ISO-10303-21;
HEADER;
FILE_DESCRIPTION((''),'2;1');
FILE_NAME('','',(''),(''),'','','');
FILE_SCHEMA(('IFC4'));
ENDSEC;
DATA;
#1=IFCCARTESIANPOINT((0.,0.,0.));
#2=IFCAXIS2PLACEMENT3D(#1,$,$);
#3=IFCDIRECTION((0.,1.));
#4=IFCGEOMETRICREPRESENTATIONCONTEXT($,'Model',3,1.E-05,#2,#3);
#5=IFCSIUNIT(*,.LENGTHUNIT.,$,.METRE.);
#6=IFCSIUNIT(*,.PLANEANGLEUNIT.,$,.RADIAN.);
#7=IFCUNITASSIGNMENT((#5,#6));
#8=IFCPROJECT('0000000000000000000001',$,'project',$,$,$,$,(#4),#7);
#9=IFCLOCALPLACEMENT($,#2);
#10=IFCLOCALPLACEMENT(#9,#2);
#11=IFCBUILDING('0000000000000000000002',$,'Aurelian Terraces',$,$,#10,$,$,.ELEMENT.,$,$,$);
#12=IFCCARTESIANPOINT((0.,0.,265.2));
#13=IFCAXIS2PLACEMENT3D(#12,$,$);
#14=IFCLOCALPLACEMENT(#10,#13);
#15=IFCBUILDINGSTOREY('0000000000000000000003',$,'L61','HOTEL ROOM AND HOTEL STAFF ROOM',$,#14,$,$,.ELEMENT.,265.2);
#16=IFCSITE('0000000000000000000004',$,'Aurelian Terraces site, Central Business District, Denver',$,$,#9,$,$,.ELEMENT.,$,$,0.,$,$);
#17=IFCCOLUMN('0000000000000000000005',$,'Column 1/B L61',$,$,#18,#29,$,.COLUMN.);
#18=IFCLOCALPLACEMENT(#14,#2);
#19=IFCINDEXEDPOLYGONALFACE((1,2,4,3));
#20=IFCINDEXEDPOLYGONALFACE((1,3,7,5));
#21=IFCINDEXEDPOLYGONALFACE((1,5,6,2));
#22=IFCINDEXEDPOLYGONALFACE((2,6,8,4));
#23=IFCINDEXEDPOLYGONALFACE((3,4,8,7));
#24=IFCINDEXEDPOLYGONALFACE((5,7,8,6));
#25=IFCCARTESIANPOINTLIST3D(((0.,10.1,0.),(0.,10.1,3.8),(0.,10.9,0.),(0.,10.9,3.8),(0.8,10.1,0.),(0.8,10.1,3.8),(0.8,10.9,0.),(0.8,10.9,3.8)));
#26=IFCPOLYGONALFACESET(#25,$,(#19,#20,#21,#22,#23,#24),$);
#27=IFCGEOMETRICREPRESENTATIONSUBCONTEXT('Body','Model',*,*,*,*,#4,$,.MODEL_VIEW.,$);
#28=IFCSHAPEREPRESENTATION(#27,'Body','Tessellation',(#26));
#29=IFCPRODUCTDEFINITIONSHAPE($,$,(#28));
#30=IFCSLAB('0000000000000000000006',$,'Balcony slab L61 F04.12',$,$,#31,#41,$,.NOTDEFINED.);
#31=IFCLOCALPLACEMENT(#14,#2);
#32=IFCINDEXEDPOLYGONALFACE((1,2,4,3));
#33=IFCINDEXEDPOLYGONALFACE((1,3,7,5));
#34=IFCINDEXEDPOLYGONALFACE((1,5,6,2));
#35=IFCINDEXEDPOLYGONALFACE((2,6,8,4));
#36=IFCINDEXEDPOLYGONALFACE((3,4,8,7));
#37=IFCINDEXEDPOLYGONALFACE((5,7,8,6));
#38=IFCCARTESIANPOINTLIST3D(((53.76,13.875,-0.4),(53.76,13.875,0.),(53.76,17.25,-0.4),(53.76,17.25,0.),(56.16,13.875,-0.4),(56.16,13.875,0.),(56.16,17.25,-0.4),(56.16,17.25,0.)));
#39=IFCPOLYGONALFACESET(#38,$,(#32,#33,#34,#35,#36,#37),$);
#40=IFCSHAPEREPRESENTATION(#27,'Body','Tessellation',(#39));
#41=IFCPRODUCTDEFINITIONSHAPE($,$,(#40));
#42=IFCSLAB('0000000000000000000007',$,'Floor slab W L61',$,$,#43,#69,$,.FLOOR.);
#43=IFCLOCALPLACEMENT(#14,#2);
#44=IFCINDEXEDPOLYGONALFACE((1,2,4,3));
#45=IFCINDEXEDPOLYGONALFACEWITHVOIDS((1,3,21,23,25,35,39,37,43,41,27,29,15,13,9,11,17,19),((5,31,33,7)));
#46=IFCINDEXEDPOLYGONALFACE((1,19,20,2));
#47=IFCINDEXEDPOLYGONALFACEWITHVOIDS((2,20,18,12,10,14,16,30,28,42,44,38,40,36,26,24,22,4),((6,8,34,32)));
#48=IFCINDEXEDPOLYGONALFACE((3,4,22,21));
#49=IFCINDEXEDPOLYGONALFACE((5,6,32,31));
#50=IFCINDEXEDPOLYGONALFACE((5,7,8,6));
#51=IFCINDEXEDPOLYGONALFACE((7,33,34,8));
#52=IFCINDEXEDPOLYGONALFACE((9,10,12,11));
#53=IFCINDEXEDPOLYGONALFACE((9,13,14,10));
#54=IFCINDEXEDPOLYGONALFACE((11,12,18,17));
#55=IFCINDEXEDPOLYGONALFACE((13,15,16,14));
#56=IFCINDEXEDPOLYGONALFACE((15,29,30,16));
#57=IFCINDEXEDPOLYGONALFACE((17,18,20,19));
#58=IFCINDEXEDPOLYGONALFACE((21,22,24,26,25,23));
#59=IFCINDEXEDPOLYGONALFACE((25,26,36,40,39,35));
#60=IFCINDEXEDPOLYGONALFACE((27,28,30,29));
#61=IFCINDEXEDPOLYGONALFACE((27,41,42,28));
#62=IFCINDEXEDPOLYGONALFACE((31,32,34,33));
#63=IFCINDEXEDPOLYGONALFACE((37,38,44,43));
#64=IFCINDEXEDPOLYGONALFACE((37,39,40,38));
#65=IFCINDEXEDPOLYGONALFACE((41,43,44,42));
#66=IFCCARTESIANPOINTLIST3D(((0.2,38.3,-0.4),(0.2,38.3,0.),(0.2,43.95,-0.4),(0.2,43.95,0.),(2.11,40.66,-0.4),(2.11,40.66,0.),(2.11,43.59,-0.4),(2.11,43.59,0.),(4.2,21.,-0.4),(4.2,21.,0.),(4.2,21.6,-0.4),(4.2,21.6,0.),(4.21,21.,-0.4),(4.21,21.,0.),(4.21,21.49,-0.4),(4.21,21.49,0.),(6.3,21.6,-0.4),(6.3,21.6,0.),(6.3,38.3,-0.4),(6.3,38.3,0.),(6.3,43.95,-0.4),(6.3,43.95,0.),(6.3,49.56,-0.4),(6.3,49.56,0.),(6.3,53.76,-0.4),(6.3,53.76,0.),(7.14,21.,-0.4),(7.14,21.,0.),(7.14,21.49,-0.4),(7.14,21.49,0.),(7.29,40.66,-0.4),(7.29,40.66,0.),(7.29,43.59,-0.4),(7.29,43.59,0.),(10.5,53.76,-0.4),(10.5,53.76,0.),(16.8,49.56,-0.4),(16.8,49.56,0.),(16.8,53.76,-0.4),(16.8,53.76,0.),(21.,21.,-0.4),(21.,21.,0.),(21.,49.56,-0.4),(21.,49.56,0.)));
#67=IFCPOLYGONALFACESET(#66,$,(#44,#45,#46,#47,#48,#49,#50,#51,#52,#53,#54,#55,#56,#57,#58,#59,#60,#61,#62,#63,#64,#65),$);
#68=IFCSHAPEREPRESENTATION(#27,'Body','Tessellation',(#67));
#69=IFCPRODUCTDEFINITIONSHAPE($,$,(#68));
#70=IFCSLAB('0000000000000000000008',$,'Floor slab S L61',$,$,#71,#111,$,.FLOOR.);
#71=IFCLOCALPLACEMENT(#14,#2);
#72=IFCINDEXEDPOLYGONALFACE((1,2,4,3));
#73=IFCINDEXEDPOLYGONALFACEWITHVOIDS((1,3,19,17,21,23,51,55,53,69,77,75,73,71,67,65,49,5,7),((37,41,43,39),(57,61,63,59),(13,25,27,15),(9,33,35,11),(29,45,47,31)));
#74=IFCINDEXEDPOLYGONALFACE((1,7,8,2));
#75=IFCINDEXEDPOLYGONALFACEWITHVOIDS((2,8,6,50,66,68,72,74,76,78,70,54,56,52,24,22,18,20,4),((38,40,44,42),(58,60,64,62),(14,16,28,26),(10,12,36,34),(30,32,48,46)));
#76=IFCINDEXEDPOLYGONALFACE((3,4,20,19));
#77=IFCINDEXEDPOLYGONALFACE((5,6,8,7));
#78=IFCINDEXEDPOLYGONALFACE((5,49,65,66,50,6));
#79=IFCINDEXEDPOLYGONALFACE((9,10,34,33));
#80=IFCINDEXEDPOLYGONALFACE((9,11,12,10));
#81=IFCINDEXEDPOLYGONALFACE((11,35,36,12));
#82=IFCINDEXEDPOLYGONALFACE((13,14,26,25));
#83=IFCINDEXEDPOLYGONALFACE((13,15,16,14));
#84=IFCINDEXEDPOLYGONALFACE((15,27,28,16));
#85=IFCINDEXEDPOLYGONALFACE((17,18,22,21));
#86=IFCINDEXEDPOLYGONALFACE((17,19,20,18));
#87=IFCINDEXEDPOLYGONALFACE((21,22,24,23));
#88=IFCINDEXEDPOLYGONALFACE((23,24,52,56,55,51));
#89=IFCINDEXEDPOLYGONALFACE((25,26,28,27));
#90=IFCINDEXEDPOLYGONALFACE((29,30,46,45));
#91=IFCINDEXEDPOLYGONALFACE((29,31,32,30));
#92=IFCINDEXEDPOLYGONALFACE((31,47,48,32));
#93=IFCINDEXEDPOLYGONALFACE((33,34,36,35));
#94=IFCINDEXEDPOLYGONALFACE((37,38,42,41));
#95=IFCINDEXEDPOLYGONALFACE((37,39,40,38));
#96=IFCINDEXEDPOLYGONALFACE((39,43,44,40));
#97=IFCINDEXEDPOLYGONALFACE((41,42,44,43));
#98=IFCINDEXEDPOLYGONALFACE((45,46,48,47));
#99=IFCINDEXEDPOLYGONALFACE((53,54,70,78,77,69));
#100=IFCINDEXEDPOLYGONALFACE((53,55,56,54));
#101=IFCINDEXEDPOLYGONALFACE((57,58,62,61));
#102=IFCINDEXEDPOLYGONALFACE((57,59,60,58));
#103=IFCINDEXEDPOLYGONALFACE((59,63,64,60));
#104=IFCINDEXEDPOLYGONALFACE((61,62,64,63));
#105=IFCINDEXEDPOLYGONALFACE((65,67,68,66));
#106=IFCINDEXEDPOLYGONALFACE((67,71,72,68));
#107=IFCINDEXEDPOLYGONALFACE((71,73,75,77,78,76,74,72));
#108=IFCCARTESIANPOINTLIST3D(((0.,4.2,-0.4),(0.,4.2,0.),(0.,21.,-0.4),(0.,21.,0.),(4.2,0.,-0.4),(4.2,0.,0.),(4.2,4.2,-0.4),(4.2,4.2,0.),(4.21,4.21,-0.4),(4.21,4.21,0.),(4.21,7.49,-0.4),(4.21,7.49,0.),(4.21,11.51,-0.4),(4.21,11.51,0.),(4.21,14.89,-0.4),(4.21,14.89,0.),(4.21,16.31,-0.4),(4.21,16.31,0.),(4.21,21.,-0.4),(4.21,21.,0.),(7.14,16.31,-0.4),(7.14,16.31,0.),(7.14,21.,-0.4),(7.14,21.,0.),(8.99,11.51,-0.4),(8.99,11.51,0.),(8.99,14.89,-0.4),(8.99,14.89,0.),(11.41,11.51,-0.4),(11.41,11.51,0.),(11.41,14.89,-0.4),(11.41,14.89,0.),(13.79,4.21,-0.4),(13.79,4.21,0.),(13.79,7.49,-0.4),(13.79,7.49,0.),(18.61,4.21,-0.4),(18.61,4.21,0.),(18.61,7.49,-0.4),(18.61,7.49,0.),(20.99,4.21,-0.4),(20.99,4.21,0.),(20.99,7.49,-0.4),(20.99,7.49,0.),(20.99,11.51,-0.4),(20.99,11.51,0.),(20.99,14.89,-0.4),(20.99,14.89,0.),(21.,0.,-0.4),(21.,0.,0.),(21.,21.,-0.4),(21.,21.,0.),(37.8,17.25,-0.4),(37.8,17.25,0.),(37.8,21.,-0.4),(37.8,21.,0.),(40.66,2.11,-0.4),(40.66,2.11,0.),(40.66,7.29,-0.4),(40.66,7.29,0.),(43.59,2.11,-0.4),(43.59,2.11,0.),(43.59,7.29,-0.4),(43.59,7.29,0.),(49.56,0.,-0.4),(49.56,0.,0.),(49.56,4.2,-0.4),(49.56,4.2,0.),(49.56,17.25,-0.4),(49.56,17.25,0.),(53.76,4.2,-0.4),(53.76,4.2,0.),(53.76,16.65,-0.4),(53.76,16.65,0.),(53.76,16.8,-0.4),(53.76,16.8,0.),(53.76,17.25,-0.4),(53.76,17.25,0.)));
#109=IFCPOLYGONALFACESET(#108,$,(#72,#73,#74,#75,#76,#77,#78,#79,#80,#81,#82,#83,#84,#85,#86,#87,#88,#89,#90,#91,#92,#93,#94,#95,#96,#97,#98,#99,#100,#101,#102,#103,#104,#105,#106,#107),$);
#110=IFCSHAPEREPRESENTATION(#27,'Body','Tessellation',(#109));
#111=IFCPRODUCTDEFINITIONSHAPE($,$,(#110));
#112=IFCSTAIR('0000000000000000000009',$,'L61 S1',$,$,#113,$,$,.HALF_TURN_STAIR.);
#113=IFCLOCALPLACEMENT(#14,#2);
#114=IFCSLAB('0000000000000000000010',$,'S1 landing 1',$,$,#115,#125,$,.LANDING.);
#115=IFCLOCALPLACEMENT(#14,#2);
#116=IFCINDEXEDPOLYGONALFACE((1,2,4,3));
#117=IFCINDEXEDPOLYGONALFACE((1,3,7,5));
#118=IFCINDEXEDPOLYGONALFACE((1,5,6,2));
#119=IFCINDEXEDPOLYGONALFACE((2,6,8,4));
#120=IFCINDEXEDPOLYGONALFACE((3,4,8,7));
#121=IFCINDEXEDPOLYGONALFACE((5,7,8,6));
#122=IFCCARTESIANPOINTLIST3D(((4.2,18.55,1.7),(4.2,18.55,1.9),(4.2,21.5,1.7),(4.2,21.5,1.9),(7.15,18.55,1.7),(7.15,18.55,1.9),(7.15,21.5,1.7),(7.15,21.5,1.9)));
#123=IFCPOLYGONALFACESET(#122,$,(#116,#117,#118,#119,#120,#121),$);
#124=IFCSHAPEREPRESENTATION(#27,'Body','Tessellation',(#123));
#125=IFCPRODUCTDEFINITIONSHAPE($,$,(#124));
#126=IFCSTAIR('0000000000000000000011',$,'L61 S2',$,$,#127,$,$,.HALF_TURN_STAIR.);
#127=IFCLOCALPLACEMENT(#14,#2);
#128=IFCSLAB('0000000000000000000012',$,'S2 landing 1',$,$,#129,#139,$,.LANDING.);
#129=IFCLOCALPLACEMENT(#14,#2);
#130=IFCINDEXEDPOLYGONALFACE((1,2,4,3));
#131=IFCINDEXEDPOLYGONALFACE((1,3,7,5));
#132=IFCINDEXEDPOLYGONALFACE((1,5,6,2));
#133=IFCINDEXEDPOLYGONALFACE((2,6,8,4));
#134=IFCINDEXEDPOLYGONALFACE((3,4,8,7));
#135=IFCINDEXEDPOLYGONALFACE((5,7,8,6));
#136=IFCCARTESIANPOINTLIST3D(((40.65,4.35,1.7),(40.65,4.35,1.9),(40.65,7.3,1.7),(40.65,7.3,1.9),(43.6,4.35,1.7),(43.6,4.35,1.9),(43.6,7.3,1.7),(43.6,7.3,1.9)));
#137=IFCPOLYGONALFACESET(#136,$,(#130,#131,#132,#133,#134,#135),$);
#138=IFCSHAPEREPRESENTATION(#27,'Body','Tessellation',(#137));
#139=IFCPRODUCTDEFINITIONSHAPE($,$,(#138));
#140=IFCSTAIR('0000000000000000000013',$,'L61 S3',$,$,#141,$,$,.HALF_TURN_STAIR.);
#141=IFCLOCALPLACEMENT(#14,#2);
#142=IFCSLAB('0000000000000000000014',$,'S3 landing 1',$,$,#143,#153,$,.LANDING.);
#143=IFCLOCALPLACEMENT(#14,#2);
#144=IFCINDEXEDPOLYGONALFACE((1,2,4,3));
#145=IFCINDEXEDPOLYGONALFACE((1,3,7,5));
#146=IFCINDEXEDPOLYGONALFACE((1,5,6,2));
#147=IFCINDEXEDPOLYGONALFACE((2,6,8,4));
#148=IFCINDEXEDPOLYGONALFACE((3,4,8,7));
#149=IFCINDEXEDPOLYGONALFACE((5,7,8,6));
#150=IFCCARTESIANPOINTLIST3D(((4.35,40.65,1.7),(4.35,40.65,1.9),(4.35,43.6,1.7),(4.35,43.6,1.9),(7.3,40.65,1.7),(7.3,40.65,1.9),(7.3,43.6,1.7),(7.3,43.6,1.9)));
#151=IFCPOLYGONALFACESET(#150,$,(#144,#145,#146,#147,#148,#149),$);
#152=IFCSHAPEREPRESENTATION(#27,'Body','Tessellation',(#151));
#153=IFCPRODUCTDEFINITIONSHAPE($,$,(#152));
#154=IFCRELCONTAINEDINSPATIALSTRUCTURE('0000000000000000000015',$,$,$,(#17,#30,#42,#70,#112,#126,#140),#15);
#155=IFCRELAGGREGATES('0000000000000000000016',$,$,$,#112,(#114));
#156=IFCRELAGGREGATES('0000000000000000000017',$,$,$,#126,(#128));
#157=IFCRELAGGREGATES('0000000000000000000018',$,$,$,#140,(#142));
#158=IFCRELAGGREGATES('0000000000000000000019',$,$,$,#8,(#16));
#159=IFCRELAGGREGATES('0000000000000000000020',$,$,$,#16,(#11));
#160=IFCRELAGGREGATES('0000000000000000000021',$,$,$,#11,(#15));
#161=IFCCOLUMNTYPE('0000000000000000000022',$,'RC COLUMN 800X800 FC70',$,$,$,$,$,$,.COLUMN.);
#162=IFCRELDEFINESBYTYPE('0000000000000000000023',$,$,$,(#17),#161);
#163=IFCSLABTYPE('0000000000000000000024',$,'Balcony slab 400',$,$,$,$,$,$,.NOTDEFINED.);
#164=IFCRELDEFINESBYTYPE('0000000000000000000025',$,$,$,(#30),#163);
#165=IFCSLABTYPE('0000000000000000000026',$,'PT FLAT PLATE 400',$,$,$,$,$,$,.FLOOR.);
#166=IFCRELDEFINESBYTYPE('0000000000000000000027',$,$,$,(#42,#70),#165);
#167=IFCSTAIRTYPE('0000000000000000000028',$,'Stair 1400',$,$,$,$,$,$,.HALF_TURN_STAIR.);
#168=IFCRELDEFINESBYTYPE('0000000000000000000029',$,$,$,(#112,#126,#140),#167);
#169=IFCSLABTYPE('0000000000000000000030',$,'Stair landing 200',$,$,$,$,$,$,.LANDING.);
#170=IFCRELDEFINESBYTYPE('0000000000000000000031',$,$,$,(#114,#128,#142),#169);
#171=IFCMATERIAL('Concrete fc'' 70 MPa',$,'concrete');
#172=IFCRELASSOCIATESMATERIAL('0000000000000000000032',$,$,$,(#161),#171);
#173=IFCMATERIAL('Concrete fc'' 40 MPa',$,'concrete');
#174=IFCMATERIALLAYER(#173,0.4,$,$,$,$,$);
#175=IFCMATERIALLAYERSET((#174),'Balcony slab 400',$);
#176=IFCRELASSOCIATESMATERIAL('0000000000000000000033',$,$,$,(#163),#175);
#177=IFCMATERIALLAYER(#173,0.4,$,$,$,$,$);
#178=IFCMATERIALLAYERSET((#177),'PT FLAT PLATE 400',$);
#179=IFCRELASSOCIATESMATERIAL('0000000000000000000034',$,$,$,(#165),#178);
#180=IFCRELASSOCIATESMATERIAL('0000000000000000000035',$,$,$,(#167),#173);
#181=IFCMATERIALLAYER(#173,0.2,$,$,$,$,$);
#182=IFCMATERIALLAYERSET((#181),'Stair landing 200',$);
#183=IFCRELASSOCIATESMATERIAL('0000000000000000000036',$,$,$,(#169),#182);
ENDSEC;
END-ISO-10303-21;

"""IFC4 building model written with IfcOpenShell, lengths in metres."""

from ifc_helpers import new_model, si_unit, direction, frame, origin, origin_2d, place, context, subcontext, project, spatial, polyline, rectangle, outline, extrude, source, transform, mapped, material, layer, layer_set, material_profile, profile_set, type_object, element, aggregate, save


model = new_model("IFC4")

# Units and contexts
model_context = context("Model", 3, precision=1e-05, world=origin(), true_north=direction((0.0, 1.0)))
body_context = subcontext(model_context, "Body", "Model", "MODEL_VIEW")
ifc_project = project(units=[si_unit("LENGTHUNIT", "METRE"), si_unit("PLANEANGLEUNIT", "RADIAN")], contexts=[model_context])

# Site, building, storey
site_placement = place(None, origin())
site = spatial("IfcSite", under=ifc_project, at=site_placement, Name="Aurelian Terraces site, Central Business District, Denver", CompositionType="ELEMENT", RefElevation=0.0)
building_placement = place(site_placement, origin())
building = spatial("IfcBuilding", under=site, at=building_placement, Name="Aurelian Terraces", CompositionType="ELEMENT")
storey_placement = place(building_placement, frame((0.0, 0.0, 265.2)))
storey = spatial("IfcBuildingStorey", under=building, at=storey_placement, Name="L61", Description="HOTEL ROOM AND HOTEL STAFF ROOM", CompositionType="ELEMENT", Elevation=265.2)

# Column
ifc_material_1 = material(Name="Concrete fc' 70 MPa", Category="concrete")
ifc_material_profile = material_profile(ifc_material_1, rectangle(XDim=0.8, YDim=0.8, at=origin_2d()))
ifc_profile_set = profile_set([ifc_material_profile], Name="Concrete fc' 70 MPa")
column_type = type_object("IfcColumnType", Name="RC COLUMN 800X800 FC70", PredefinedType="COLUMN", material=ifc_profile_set)
shared_shape_1 = source(origin(), body_context, "Body", "SweptSolid", [
    extrude(rectangle(XDim=0.8, YDim=0.8, at=origin_2d()), origin(), (0.0, 0.0, 1.0), 3.8),
])
column_placement = place(storey_placement, frame((0.4, 10.5, 0.0), z_axis=(0.0, 0.0, 1.0), x_axis=(1.0, 0.0, 0.0)))
element("IfcColumn", 1, at=column_placement, inside=storey, type_object=column_type, Name="Column 1/B L61", PredefinedType="COLUMN", context=body_context, shape_type="MappedRepresentation", body=[
    mapped(shared_shape_1, transform((0.0, 0.0, 0.0), scale=1.0)),
])

# Slabs
ifc_material_2 = material(Name="Concrete fc' 40 MPa", Category="concrete")
ifc_layer_1 = layer(ifc_material_2, 0.4)
ifc_layer_set_1 = layer_set([ifc_layer_1], Name="Balcony slab 400")
slab_type_1 = type_object("IfcSlabType", Name="Balcony slab 400", PredefinedType="NOTDEFINED", material=ifc_layer_set_1)
slab_1_placement = place(storey_placement, frame((0.0, 0.0, -0.4)))
element("IfcSlab", 2, at=slab_1_placement, inside=storey, type_object=slab_type_1, Name="Balcony slab L61 F04.12", PredefinedType="NOTDEFINED", context=body_context, shape_type="SweptSolid", body=[
    extrude(outline(polyline([(53.76, 13.875), (53.76, 17.25), (56.16, 17.25), (56.16, 13.875), (53.76, 13.875)])), origin(), (0.0, 0.0, 1.0), 0.4),
])
ifc_layer_2 = layer(ifc_material_2, 0.4)
ifc_layer_set_2 = layer_set([ifc_layer_2], Name="PT FLAT PLATE 400")
slab_type_2 = type_object("IfcSlabType", Name="PT FLAT PLATE 400", PredefinedType="FLOOR", material=ifc_layer_set_2)
shared_shape_2 = source(origin(), body_context, "Body", "SweptSolid", [
    extrude(outline(polyline([(0.2, 43.95), (6.3, 43.95), (6.3, 49.56), (6.3, 53.76), (10.5, 53.76), (16.8, 53.76), (16.8, 49.56), (21.0, 49.56), (21.0, 21.0), (7.14, 21.0), (7.14, 21.49), (4.21, 21.49), (4.21, 21.0), (4.2, 21.0), (4.2, 21.6), (6.3, 21.6), (6.3, 38.3), (0.2, 38.3), (0.2, 43.95)]), holes=[polyline([(7.29, 43.59), (2.11, 43.59), (2.11, 40.66), (7.29, 40.66), (7.29, 43.59)])]), origin(), (0.0, 0.0, 1.0), 0.4),
])
slab_2_placement = place(storey_placement, frame((0.0, 0.0, -0.4)))
element("IfcSlab", 3, at=slab_2_placement, inside=storey, type_object=slab_type_2, Name="Floor slab W L61", PredefinedType="FLOOR", context=body_context, shape_type="MappedRepresentation", body=[
    mapped(shared_shape_2, transform((0.0, 0.0, 0.0), scale=1.0)),
])
shared_shape_3 = source(origin(), body_context, "Body", "SweptSolid", [
    extrude(outline(polyline([(53.76, 4.2), (49.56, 4.2), (49.56, 0.0), (21.0, 0.0), (4.2, 0.0), (4.2, 4.2), (0.0, 4.2), (0.0, 21.0), (4.21, 21.0), (4.21, 16.31), (7.14, 16.31), (7.14, 21.0), (21.0, 21.0), (37.8, 21.0), (37.8, 17.25), (49.56, 17.25), (53.76, 17.25), (53.76, 16.8), (53.76, 16.65), (53.76, 4.2)]), holes=[polyline([(40.66, 2.11), (43.59, 2.11), (43.59, 7.29), (40.66, 7.29), (40.66, 2.11)]), polyline([(18.61, 7.49), (18.61, 4.21), (20.99, 4.21), (20.99, 7.49), (18.61, 7.49)]), polyline([(20.99, 14.89), (11.41, 14.89), (11.41, 11.51), (20.99, 11.51), (20.99, 14.89)]), polyline([(4.21, 7.49), (4.21, 4.21), (13.79, 4.21), (13.79, 7.49), (4.21, 7.49)]), polyline([(4.21, 14.89), (4.21, 11.51), (8.99, 11.51), (8.99, 14.89), (4.21, 14.89)])]), origin(), (0.0, 0.0, 1.0), 0.4),
])
slab_3_placement = place(storey_placement, frame((0.0, 0.0, -0.4)))
element("IfcSlab", 4, at=slab_3_placement, inside=storey, type_object=slab_type_2, Name="Floor slab S L61", PredefinedType="FLOOR", context=body_context, shape_type="MappedRepresentation", body=[
    mapped(shared_shape_3, transform((0.0, 0.0, 0.0), scale=1.0)),
])

# Stairs, slabs
stair_type = type_object("IfcStairType", Name="Stair 1400", PredefinedType="HALF_TURN_STAIR", material=ifc_material_2)
stair_1_placement = place(storey_placement, origin())
stair_1 = element("IfcStair", 5, at=stair_1_placement, inside=storey, type_object=stair_type, Name="L61 S1", PredefinedType="HALF_TURN_STAIR")
ifc_layer_3 = layer(ifc_material_2, 0.2)
ifc_layer_set_3 = layer_set([ifc_layer_3], Name="Stair landing 200")
slab_type_3 = type_object("IfcSlabType", Name="Stair landing 200", PredefinedType="LANDING", material=ifc_layer_set_3)
shared_shape_4 = source(origin(), body_context, "Body", "SweptSolid", [
    extrude(outline(polyline([(7.15, 18.55), (7.15, 21.5), (4.2, 21.5), (4.2, 18.55), (7.15, 18.55)])), origin(), (0.0, 0.0, 1.0), 0.2),
])
slab_4_placement = place(storey_placement, frame((0.0, 0.0, 1.7)))
slab_4 = element("IfcSlab", 6, at=slab_4_placement, type_object=slab_type_3, Name="S1 landing 1", PredefinedType="LANDING", context=body_context, shape_type="MappedRepresentation", body=[
    mapped(shared_shape_4, transform((0.0, 0.0, 0.0), scale=1.0)),
])
aggregate(stair_1, [slab_4])
stair_2_placement = place(storey_placement, origin())
stair_2 = element("IfcStair", 7, at=stair_2_placement, inside=storey, type_object=stair_type, Name="L61 S2", PredefinedType="HALF_TURN_STAIR")
shared_shape_5 = source(origin(), body_context, "Body", "SweptSolid", [
    extrude(outline(polyline([(43.6, 4.35), (43.6, 7.3), (40.65, 7.3), (40.65, 4.35), (43.6, 4.35)])), origin(), (0.0, 0.0, 1.0), 0.2),
])
slab_5_placement = place(storey_placement, frame((0.0, 0.0, 1.7)))
slab_5 = element("IfcSlab", 8, at=slab_5_placement, type_object=slab_type_3, Name="S2 landing 1", PredefinedType="LANDING", context=body_context, shape_type="MappedRepresentation", body=[
    mapped(shared_shape_5, transform((0.0, 0.0, 0.0), scale=1.0)),
])
aggregate(stair_2, [slab_5])
stair_3_placement = place(storey_placement, origin())
stair_3 = element("IfcStair", 9, at=stair_3_placement, inside=storey, type_object=stair_type, Name="L61 S3", PredefinedType="HALF_TURN_STAIR")
shared_shape_6 = source(origin(), body_context, "Body", "SweptSolid", [
    extrude(outline(polyline([(4.35, 40.65), (7.3, 40.65), (7.3, 43.6), (4.35, 43.6), (4.35, 40.65)])), origin(), (0.0, 0.0, 1.0), 0.2),
])
slab_6_placement = place(storey_placement, frame((0.0, 0.0, 1.7)))
slab_6 = element("IfcSlab", 10, at=slab_6_placement, type_object=slab_type_3, Name="S3 landing 1", PredefinedType="LANDING", context=body_context, shape_type="MappedRepresentation", body=[
    mapped(shared_shape_6, transform((0.0, 0.0, 0.0), scale=1.0)),
])
aggregate(stair_3, [slab_6])

save(model, "model.ifc")
